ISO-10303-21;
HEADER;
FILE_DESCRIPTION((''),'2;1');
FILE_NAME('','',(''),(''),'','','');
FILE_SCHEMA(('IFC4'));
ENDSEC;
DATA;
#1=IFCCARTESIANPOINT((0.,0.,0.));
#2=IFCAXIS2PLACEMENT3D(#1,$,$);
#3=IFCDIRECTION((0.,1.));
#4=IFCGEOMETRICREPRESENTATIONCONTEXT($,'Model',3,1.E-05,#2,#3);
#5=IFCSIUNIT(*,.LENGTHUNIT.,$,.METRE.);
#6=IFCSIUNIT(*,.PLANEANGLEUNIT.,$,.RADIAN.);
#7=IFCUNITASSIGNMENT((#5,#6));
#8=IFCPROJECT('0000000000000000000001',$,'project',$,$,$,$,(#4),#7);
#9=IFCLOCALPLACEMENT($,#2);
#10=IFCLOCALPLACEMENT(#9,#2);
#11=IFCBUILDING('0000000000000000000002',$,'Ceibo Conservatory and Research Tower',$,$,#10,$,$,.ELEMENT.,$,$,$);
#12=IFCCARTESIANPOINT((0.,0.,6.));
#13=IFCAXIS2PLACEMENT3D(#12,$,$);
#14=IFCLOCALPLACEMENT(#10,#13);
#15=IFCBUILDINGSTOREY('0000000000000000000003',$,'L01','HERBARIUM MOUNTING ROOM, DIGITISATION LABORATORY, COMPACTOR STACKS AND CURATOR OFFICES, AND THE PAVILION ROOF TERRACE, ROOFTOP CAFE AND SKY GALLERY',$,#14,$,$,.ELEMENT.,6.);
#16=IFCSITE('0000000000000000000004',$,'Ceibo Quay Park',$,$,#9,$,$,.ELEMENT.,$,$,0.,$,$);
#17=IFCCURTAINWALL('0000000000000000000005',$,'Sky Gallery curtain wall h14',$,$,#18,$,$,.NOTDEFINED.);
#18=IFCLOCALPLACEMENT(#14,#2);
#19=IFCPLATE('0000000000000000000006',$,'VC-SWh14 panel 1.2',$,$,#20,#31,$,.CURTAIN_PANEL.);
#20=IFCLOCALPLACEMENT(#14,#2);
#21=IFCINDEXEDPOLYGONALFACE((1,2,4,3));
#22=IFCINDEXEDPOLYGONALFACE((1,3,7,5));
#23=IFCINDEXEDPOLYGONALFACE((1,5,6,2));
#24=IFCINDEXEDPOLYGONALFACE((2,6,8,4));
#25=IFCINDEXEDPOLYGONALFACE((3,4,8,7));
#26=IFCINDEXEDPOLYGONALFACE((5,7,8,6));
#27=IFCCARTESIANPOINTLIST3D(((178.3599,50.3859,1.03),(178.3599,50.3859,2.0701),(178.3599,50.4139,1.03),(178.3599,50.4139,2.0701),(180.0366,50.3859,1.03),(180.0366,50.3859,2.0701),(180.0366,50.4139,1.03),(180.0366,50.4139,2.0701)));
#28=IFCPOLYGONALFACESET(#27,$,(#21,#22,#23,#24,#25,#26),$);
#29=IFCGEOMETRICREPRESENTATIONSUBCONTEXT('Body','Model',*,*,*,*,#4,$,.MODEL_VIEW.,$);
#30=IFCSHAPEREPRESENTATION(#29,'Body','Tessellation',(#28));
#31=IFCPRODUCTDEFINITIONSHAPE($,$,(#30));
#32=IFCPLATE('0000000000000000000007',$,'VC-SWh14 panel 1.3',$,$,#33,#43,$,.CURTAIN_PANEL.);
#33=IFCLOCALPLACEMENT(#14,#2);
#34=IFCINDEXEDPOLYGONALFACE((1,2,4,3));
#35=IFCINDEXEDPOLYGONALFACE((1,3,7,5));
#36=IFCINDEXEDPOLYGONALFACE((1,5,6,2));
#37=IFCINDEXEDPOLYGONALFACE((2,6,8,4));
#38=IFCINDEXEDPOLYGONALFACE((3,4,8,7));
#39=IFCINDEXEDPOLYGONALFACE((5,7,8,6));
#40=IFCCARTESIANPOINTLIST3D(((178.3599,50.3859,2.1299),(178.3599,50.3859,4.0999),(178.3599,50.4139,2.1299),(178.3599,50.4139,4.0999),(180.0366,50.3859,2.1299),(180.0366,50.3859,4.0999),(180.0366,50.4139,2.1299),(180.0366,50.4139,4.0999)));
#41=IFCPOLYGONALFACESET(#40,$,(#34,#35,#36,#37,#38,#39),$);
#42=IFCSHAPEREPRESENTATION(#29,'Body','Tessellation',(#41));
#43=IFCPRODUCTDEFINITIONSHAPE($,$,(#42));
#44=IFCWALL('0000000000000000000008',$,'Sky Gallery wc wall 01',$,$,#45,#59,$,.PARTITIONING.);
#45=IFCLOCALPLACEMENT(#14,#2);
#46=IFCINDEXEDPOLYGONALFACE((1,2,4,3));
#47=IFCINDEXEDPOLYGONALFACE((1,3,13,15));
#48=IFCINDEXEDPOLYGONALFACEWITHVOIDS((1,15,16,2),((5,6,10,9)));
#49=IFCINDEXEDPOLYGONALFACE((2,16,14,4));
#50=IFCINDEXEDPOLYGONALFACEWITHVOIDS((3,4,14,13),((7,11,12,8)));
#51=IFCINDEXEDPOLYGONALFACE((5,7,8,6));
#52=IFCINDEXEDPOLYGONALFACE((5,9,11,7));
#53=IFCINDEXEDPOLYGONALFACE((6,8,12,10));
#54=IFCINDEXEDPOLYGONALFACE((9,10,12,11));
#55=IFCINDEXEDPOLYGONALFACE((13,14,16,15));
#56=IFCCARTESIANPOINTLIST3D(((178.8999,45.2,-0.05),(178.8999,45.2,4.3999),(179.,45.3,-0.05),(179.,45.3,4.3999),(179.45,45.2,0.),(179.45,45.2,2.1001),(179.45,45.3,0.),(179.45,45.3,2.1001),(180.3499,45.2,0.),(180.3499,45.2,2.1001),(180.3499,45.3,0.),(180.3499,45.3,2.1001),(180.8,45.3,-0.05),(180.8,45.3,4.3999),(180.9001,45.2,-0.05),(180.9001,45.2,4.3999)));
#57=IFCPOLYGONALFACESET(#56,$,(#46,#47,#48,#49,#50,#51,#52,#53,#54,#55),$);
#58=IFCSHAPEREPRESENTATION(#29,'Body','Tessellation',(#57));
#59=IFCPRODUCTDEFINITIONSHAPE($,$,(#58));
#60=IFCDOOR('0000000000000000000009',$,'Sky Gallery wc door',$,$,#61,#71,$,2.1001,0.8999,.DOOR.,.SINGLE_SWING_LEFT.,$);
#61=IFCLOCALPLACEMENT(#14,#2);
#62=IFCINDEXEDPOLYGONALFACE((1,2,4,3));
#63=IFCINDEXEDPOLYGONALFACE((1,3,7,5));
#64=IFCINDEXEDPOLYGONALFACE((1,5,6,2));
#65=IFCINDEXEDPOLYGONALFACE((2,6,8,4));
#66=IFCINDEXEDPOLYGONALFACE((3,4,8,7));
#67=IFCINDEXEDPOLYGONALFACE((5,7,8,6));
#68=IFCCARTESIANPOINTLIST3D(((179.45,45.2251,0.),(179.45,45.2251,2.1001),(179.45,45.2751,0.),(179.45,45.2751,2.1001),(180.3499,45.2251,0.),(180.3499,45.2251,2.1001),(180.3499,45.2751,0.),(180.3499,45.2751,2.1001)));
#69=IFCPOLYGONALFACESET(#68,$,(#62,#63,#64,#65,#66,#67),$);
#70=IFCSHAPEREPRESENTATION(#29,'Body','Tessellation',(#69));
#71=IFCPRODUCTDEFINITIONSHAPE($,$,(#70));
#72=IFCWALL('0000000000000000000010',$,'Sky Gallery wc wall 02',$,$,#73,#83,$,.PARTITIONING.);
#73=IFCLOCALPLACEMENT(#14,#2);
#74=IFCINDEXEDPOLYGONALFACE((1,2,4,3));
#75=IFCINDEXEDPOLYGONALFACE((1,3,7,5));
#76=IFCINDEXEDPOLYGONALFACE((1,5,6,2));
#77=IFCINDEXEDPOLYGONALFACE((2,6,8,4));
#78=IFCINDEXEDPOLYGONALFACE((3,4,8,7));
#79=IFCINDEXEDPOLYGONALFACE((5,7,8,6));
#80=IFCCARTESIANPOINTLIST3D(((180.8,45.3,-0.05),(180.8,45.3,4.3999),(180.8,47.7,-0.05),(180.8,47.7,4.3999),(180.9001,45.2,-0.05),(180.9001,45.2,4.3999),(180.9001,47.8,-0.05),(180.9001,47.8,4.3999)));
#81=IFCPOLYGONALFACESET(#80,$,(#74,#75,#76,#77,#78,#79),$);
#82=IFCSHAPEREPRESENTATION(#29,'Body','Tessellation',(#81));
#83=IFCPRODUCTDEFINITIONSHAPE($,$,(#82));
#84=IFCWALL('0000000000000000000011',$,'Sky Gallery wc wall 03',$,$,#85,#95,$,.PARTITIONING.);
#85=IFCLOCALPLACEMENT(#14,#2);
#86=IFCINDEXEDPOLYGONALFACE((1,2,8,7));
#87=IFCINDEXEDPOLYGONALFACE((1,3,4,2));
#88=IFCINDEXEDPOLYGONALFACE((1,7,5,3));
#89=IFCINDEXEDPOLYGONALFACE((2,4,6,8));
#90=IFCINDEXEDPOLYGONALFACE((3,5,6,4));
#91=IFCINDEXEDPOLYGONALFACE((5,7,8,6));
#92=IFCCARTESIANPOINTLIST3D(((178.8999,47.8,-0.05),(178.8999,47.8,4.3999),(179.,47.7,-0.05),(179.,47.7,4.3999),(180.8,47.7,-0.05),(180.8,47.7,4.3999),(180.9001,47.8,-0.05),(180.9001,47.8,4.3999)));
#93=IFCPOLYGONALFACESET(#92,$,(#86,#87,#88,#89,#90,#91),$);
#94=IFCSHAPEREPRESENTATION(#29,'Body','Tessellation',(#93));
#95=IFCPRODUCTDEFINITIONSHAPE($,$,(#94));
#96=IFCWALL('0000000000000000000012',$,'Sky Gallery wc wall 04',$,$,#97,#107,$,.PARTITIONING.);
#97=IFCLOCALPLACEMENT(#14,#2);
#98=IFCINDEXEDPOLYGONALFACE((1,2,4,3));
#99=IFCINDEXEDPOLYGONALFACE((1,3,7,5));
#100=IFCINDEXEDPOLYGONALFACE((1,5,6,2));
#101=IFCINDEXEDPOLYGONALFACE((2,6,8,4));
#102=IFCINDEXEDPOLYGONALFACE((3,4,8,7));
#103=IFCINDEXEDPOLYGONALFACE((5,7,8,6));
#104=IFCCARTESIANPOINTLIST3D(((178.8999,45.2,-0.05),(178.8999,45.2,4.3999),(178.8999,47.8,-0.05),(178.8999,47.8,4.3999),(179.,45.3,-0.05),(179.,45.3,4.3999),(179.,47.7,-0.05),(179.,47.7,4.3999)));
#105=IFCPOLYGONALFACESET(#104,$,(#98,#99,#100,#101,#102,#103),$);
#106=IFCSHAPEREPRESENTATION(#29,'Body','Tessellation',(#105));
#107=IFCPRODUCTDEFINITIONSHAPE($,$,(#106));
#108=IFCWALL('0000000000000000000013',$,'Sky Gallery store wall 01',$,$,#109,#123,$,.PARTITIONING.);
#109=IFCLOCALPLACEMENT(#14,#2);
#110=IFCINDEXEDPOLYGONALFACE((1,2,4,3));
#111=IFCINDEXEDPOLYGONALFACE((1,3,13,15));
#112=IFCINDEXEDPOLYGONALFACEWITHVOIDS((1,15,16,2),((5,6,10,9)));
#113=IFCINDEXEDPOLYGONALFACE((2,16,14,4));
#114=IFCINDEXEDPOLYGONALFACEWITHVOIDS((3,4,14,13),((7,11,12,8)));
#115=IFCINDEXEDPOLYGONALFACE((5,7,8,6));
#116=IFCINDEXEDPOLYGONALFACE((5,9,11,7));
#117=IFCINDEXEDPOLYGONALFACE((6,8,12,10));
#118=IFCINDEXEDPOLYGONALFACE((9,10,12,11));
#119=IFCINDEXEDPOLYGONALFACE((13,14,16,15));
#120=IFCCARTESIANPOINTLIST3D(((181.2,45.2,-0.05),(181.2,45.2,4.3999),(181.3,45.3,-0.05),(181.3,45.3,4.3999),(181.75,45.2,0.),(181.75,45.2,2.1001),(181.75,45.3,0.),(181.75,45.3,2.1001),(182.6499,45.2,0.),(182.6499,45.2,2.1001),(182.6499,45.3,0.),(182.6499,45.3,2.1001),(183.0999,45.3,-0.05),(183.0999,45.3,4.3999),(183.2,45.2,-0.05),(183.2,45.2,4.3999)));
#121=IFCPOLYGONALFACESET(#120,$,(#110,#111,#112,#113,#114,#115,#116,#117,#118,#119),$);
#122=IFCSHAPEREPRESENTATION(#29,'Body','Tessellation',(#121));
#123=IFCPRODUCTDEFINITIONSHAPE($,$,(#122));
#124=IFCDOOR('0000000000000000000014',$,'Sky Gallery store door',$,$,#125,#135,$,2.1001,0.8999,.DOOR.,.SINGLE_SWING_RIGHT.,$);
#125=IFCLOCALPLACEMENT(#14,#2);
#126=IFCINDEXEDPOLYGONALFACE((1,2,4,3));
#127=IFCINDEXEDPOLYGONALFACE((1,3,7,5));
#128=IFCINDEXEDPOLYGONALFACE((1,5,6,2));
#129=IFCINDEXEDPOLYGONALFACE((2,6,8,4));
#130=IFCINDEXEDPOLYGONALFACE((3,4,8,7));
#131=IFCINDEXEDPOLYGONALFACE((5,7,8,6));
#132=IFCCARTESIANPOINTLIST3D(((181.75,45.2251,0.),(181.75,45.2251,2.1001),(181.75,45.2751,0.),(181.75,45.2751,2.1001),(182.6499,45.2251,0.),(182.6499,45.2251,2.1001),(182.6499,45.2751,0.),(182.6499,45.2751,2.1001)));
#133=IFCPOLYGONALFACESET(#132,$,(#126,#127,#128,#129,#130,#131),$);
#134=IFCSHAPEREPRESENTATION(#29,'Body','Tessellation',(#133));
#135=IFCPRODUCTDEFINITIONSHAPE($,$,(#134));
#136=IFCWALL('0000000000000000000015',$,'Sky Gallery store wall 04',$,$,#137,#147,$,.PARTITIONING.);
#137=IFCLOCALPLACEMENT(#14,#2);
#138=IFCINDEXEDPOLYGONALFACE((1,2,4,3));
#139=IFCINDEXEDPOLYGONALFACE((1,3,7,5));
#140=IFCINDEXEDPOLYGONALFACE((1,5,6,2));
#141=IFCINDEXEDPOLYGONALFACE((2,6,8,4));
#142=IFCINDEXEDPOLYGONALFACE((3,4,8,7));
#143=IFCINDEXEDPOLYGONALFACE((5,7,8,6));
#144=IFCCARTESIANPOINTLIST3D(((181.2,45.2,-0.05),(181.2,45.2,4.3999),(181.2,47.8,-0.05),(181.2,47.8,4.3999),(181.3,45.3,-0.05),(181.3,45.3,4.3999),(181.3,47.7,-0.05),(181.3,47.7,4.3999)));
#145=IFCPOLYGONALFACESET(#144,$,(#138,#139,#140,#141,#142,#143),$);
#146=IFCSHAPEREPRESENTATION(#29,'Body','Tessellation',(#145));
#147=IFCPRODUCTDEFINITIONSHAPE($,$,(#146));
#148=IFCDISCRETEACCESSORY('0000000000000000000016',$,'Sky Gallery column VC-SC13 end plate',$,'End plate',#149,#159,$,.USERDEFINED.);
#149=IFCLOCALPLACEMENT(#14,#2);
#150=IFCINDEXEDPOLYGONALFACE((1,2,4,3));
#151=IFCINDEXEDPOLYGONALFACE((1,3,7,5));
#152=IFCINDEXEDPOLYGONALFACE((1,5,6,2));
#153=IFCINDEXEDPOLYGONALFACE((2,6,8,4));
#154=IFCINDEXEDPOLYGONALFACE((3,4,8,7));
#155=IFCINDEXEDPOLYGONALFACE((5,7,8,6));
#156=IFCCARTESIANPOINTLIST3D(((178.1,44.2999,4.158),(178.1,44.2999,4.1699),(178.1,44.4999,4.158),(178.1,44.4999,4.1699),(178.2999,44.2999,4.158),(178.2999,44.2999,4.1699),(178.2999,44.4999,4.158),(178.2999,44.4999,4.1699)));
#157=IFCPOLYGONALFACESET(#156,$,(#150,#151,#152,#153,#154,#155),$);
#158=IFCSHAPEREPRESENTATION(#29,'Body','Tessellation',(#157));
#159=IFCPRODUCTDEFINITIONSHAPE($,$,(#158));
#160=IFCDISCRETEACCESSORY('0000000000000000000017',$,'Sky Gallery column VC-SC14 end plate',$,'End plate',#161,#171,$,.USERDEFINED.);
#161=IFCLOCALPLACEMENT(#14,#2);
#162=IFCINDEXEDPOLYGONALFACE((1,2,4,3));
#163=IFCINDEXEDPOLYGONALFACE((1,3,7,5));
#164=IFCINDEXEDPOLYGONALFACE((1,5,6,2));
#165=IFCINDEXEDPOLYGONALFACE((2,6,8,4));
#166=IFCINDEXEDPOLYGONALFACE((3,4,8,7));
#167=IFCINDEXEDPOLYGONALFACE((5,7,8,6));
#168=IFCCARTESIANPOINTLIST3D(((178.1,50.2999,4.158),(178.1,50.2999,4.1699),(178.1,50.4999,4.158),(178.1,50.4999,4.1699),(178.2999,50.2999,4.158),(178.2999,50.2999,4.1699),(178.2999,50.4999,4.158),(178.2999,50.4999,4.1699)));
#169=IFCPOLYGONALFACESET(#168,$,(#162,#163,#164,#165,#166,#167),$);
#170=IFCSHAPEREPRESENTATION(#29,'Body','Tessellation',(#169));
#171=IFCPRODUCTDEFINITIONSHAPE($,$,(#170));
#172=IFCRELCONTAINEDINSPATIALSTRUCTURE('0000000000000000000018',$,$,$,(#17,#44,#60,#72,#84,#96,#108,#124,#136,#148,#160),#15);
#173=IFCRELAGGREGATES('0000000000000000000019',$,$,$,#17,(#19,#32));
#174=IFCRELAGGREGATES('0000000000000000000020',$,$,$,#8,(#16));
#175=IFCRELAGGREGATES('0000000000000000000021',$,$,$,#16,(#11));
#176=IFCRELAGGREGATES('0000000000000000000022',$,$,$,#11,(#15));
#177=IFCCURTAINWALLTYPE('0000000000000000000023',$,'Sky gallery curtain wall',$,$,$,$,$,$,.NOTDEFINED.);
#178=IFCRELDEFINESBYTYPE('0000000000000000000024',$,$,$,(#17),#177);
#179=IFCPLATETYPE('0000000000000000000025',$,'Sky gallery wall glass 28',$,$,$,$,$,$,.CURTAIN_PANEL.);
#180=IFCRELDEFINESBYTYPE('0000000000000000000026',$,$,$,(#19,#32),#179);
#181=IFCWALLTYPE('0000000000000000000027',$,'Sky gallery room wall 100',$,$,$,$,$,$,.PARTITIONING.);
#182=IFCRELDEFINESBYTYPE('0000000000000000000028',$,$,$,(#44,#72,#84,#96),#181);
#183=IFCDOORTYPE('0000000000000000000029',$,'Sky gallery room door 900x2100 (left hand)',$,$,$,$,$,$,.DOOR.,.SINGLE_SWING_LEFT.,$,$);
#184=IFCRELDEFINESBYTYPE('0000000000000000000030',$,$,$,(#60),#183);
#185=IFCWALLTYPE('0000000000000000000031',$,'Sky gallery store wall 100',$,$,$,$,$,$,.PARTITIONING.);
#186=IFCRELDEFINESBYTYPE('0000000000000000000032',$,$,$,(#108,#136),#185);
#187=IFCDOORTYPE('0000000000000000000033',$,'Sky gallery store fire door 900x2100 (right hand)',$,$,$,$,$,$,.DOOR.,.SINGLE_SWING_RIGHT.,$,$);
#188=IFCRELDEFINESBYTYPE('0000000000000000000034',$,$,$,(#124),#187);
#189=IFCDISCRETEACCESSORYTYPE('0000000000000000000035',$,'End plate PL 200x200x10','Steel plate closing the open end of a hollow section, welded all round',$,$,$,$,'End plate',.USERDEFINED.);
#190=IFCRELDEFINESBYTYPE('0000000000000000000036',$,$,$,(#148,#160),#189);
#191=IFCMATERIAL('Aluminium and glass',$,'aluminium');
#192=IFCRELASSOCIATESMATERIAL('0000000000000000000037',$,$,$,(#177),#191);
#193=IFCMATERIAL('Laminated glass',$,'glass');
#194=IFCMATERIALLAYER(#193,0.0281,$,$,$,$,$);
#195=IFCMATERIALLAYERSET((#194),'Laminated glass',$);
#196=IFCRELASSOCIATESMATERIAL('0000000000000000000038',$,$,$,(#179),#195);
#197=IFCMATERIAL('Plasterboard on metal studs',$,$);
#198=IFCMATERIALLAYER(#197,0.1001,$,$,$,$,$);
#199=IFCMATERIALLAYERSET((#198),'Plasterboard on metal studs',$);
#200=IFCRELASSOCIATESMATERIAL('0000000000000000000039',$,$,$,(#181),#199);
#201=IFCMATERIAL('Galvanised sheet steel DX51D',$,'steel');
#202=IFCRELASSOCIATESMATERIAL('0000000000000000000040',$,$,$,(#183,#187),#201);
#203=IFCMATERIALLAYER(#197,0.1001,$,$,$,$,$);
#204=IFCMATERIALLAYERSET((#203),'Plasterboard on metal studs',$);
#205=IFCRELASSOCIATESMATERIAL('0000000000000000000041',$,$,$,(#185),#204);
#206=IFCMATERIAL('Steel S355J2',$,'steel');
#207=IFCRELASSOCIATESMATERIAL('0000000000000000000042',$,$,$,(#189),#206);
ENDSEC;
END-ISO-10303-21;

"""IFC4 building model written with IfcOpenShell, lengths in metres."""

from ifc_helpers import new_model, si_unit, direction, frame, frame_2d, origin, origin_2d, place, context, subcontext, project, spatial, polyline, rectangle, outline, extrude, material, layer, layer_set, material_profile, profile_set, type_object, element, fill, aggregate, save


model = new_model("IFC4")

# Units and contexts
model_context = context("Model", 3, precision=1e-05, world=origin(), true_north=direction((0.0, 1.0)))
body_context = subcontext(model_context, "Body", "Model", "MODEL_VIEW")
ifc_project = project(units=[si_unit("LENGTHUNIT", "METRE"), si_unit("PLANEANGLEUNIT", "RADIAN")], contexts=[model_context])

# Site, building, storey
site_placement = place(None, origin())
site = spatial("IfcSite", under=ifc_project, at=site_placement, Name="Ceibo Quay Park", CompositionType="ELEMENT", RefElevation=0.0)
building_placement = place(site_placement, origin())
building = spatial("IfcBuilding", under=site, at=building_placement, Name="Ceibo Conservatory and Research Tower", CompositionType="ELEMENT")
storey_placement = place(building_placement, frame((0.0, 0.0, 6.0)))
storey = spatial("IfcBuildingStorey", under=building, at=storey_placement, Name="L01", Description="HERBARIUM MOUNTING ROOM, DIGITISATION LABORATORY, COMPACTOR STACKS AND CURATOR OFFICES, AND THE PAVILION ROOF TERRACE, ROOFTOP CAFE AND SKY GALLERY", CompositionType="ELEMENT", Elevation=6.0)

# Shared definitions
ifc_material_1 = material(Name="Steel S355J2", Category="steel")

# Curtain wall, plates
ifc_material_2 = material(Name="Aluminium and glass", Category="aluminium")
curtain_wall_type = type_object("IfcCurtainWallType", Name="Sky gallery curtain wall", PredefinedType="NOTDEFINED", material=ifc_material_2)
curtain_wall_placement = place(storey_placement, origin())
curtain_wall = element("IfcCurtainWall", 1, at=curtain_wall_placement, inside=storey, type_object=curtain_wall_type, Name="Sky Gallery curtain wall h14", PredefinedType="NOTDEFINED")
ifc_material_3 = material(Name="Laminated glass", Category="glass")
ifc_layer_1 = layer(ifc_material_3, 0.0281)
ifc_layer_set_1 = layer_set([ifc_layer_1], Name="Laminated glass")
plate_type = type_object("IfcPlateType", Name="Sky gallery wall glass 28", PredefinedType="CURTAIN_PANEL", material=ifc_layer_set_1)
plate_1_placement = place(storey_placement, frame((179.1982, 50.3999, 1.03), z_axis=(0.0, 0.0, 1.0), x_axis=(1.0, 0.0, 0.0)))
plate_1 = element("IfcPlate", 2, at=plate_1_placement, type_object=plate_type, Name="VC-SWh14 panel 1.2", PredefinedType="CURTAIN_PANEL", context=body_context, shape_type="SweptSolid", body=[
    extrude(rectangle(XDim=1.6768, YDim=0.0281, at=origin_2d()), origin(), (0.0, 0.0, 1.0), 1.04),
])
plate_2_placement = place(storey_placement, frame((179.1982, 50.3999, 2.1299), z_axis=(0.0, 0.0, 1.0), x_axis=(1.0, 0.0, 0.0)))
plate_2 = element("IfcPlate", 3, at=plate_2_placement, type_object=plate_type, Name="VC-SWh14 panel 1.3", PredefinedType="CURTAIN_PANEL", context=body_context, shape_type="SweptSolid", body=[
    extrude(rectangle(XDim=1.6768, YDim=0.0281, at=origin_2d()), origin(), (0.0, 0.0, 1.0), 1.97),
])
aggregate(curtain_wall, [plate_1, plate_2])

# Wall, opening, door
ifc_material_4 = material(Name="Plasterboard on metal studs")
ifc_layer_2 = layer(ifc_material_4, 0.1001)
ifc_layer_set_2 = layer_set([ifc_layer_2], Name="Plasterboard on metal studs")
wall_type_1 = type_object("IfcWallType", Name="Sky gallery room wall 100", PredefinedType="PARTITIONING", material=ifc_layer_set_2)
wall_1_placement = place(storey_placement, frame((178.95, 45.25, -0.05), z_axis=(0.0, 0.0, 1.0), x_axis=(1.0, 0.0, 0.0)))
wall_1 = element("IfcWall", 4, at=wall_1_placement, inside=storey, type_object=wall_type_1, Name="Sky Gallery wc wall 01", PredefinedType="PARTITIONING", context=body_context, shape_type="SweptSolid", body=[
    extrude(outline(polyline([(-0.05, -0.05), (1.9502, -0.05), (1.8501, 0.05), (0.05, 0.05), (-0.05, -0.05)])), origin(), (0.0, 0.0, 1.0), 4.45),
])
opening_1_placement = place(wall_1_placement, frame((0.5, 0.0, 0.05)))
opening_1 = element("IfcOpeningElement", 5, at=opening_1_placement, cuts=wall_1, PredefinedType="OPENING", context=body_context, shape_type="SweptSolid", body=[
    extrude(rectangle(XDim=0.8999, YDim=2.1001, at=frame_2d((0.45, 1.05))), frame((0.0, 0.0601, 0.0), z_axis=(0.0, -1.0, 0.0), x_axis=(1.0, 0.0, 0.0)), (0.0, 0.0, 1.0), 0.1201),
])
ifc_material_5 = material(Name="Galvanised sheet steel DX51D", Category="steel")
door_type_1 = type_object("IfcDoorType", Name="Sky gallery room door 900x2100 (left hand)", OperationType="SINGLE_SWING_LEFT", PredefinedType="DOOR", material=ifc_material_5)
door_1_placement = place(opening_1_placement, frame((0.8999, 0.0, 0.0), z_axis=(0.0, 0.0, 1.0), x_axis=(-1.0, 0.0, 0.0)))
door_1 = element("IfcDoor", 6, at=door_1_placement, inside=storey, type_object=door_type_1, Name="Sky Gallery wc door", OperationType="SINGLE_SWING_LEFT", OverallHeight=2.1001, OverallWidth=0.8999, PredefinedType="DOOR", context=body_context, shape_type="SweptSolid", body=[
    extrude(rectangle(XDim=0.8999, YDim=2.1001, at=frame_2d((0.45, 1.05))), frame((0.0, 0.0249, 0.0), z_axis=(0.0, -1.0, 0.0), x_axis=(1.0, 0.0, 0.0)), (0.0, 0.0, 1.0), 0.05),
])
fill(opening_1, door_1)

# Walls
wall_2_placement = place(storey_placement, frame((180.8501, 45.25, -0.05), z_axis=(0.0, 0.0, 1.0), x_axis=(0.0, 1.0, 0.0)))
element("IfcWall", 7, at=wall_2_placement, inside=storey, type_object=wall_type_1, Name="Sky Gallery wc wall 02", PredefinedType="PARTITIONING", context=body_context, shape_type="SweptSolid", body=[
    extrude(outline(polyline([(-0.05, -0.05), (2.55, -0.05), (2.45, 0.05), (0.05, 0.05), (-0.05, -0.05)])), origin(), (0.0, 0.0, 1.0), 4.45),
])
wall_3_placement = place(storey_placement, frame((180.8501, 47.75, -0.05), z_axis=(0.0, 0.0, 1.0), x_axis=(-1.0, 0.0, 0.0)))
element("IfcWall", 8, at=wall_3_placement, inside=storey, type_object=wall_type_1, Name="Sky Gallery wc wall 03", PredefinedType="PARTITIONING", context=body_context, shape_type="SweptSolid", body=[
    extrude(outline(polyline([(-0.05, -0.05), (1.9502, -0.05), (1.8501, 0.05), (0.05, 0.05), (-0.05, -0.05)])), origin(), (0.0, 0.0, 1.0), 4.45),
])
wall_4_placement = place(storey_placement, frame((178.95, 47.75, -0.05), z_axis=(0.0, 0.0, 1.0), x_axis=(0.0, -1.0, 0.0)))
element("IfcWall", 9, at=wall_4_placement, inside=storey, type_object=wall_type_1, Name="Sky Gallery wc wall 04", PredefinedType="PARTITIONING", context=body_context, shape_type="SweptSolid", body=[
    extrude(outline(polyline([(-0.05, -0.05), (2.55, -0.05), (2.45, 0.05), (0.05, 0.05), (-0.05, -0.05)])), origin(), (0.0, 0.0, 1.0), 4.45),
])

# Wall, opening, door
ifc_layer_3 = layer(ifc_material_4, 0.1001)
ifc_layer_set_3 = layer_set([ifc_layer_3], Name="Plasterboard on metal studs")
wall_type_2 = type_object("IfcWallType", Name="Sky gallery store wall 100", PredefinedType="PARTITIONING", material=ifc_layer_set_3)
wall_5_placement = place(storey_placement, frame((181.25, 45.25, -0.05), z_axis=(0.0, 0.0, 1.0), x_axis=(1.0, 0.0, 0.0)))
wall_5 = element("IfcWall", 10, at=wall_5_placement, inside=storey, type_object=wall_type_2, Name="Sky Gallery store wall 01", PredefinedType="PARTITIONING", context=body_context, shape_type="SweptSolid", body=[
    extrude(outline(polyline([(-0.05, -0.05), (1.95, -0.05), (1.8499, 0.05), (0.05, 0.05), (-0.05, -0.05)])), origin(), (0.0, 0.0, 1.0), 4.45),
])
opening_2_placement = place(wall_5_placement, frame((0.5, 0.0, 0.05)))
opening_2 = element("IfcOpeningElement", 11, at=opening_2_placement, cuts=wall_5, PredefinedType="OPENING", context=body_context, shape_type="SweptSolid", body=[
    extrude(rectangle(XDim=0.8999, YDim=2.1001, at=frame_2d((0.45, 1.05))), frame((0.0, 0.0601, 0.0), z_axis=(0.0, -1.0, 0.0), x_axis=(1.0, 0.0, 0.0)), (0.0, 0.0, 1.0), 0.1201),
])
door_type_2 = type_object("IfcDoorType", Name="Sky gallery store fire door 900x2100 (right hand)", OperationType="SINGLE_SWING_RIGHT", PredefinedType="DOOR", material=ifc_material_5)
door_2_placement = place(opening_2_placement, frame((0.8999, 0.0, 0.0), z_axis=(0.0, 0.0, 1.0), x_axis=(-1.0, 0.0, 0.0)))
door_2 = element("IfcDoor", 12, at=door_2_placement, inside=storey, type_object=door_type_2, Name="Sky Gallery store door", OperationType="SINGLE_SWING_RIGHT", OverallHeight=2.1001, OverallWidth=0.8999, PredefinedType="DOOR", context=body_context, shape_type="SweptSolid", body=[
    extrude(rectangle(XDim=0.8999, YDim=2.1001, at=frame_2d((0.45, 1.05))), frame((0.0, 0.0249, 0.0), z_axis=(0.0, -1.0, 0.0), x_axis=(1.0, 0.0, 0.0)), (0.0, 0.0, 1.0), 0.05),
])
fill(opening_2, door_2)

# Wall
wall_6_placement = place(storey_placement, frame((181.25, 47.75, -0.05), z_axis=(0.0, 0.0, 1.0), x_axis=(0.0, -1.0, 0.0)))
element("IfcWall", 13, at=wall_6_placement, inside=storey, type_object=wall_type_2, Name="Sky Gallery store wall 04", PredefinedType="PARTITIONING", context=body_context, shape_type="SweptSolid", body=[
    extrude(outline(polyline([(-0.05, -0.05), (2.55, -0.05), (2.45, 0.05), (0.05, 0.05), (-0.05, -0.05)])), origin(), (0.0, 0.0, 1.0), 4.45),
])

# Discrete accessories
ifc_material_profile_1 = material_profile(ifc_material_1, rectangle(XDim=0.2, YDim=0.2, at=origin_2d()), Name="End plate PL 200x200x10")
ifc_profile_set_1 = profile_set([ifc_material_profile_1], Name="Steel S355J2")
discrete_accessory_type = type_object("IfcDiscreteAccessoryType", Name="End plate PL 200x200x10", Description="Steel plate closing the open end of a hollow section, welded all round", ElementType="End plate", PredefinedType="USERDEFINED", material=ifc_profile_set_1)
for number, where, z_axis, x_axis, name in (
    (14, (178.2, 44.3999, 4.158), (0.0, 0.0, 1.0), (1.0, 0.0, 0.0), "Sky Gallery column VC-SC13 end plate"),
    (15, (178.2, 50.3999, 4.158), (0.0, 0.0, 1.0), (1.0, 0.0, 0.0), "Sky Gallery column VC-SC14 end plate"),
):
    element("IfcDiscreteAccessory", number, at=place(storey_placement, frame(where, z_axis=z_axis, x_axis=x_axis)), inside=storey, type_object=discrete_accessory_type, Name=name, ObjectType="End plate", PredefinedType="USERDEFINED", context=body_context, shape_type="SweptSolid", body=[
        extrude(rectangle(XDim=0.2, YDim=0.2, at=origin_2d()), origin(), (0.0, 0.0, 1.0), 0.012),
    ])

save(model, "model.ifc")
